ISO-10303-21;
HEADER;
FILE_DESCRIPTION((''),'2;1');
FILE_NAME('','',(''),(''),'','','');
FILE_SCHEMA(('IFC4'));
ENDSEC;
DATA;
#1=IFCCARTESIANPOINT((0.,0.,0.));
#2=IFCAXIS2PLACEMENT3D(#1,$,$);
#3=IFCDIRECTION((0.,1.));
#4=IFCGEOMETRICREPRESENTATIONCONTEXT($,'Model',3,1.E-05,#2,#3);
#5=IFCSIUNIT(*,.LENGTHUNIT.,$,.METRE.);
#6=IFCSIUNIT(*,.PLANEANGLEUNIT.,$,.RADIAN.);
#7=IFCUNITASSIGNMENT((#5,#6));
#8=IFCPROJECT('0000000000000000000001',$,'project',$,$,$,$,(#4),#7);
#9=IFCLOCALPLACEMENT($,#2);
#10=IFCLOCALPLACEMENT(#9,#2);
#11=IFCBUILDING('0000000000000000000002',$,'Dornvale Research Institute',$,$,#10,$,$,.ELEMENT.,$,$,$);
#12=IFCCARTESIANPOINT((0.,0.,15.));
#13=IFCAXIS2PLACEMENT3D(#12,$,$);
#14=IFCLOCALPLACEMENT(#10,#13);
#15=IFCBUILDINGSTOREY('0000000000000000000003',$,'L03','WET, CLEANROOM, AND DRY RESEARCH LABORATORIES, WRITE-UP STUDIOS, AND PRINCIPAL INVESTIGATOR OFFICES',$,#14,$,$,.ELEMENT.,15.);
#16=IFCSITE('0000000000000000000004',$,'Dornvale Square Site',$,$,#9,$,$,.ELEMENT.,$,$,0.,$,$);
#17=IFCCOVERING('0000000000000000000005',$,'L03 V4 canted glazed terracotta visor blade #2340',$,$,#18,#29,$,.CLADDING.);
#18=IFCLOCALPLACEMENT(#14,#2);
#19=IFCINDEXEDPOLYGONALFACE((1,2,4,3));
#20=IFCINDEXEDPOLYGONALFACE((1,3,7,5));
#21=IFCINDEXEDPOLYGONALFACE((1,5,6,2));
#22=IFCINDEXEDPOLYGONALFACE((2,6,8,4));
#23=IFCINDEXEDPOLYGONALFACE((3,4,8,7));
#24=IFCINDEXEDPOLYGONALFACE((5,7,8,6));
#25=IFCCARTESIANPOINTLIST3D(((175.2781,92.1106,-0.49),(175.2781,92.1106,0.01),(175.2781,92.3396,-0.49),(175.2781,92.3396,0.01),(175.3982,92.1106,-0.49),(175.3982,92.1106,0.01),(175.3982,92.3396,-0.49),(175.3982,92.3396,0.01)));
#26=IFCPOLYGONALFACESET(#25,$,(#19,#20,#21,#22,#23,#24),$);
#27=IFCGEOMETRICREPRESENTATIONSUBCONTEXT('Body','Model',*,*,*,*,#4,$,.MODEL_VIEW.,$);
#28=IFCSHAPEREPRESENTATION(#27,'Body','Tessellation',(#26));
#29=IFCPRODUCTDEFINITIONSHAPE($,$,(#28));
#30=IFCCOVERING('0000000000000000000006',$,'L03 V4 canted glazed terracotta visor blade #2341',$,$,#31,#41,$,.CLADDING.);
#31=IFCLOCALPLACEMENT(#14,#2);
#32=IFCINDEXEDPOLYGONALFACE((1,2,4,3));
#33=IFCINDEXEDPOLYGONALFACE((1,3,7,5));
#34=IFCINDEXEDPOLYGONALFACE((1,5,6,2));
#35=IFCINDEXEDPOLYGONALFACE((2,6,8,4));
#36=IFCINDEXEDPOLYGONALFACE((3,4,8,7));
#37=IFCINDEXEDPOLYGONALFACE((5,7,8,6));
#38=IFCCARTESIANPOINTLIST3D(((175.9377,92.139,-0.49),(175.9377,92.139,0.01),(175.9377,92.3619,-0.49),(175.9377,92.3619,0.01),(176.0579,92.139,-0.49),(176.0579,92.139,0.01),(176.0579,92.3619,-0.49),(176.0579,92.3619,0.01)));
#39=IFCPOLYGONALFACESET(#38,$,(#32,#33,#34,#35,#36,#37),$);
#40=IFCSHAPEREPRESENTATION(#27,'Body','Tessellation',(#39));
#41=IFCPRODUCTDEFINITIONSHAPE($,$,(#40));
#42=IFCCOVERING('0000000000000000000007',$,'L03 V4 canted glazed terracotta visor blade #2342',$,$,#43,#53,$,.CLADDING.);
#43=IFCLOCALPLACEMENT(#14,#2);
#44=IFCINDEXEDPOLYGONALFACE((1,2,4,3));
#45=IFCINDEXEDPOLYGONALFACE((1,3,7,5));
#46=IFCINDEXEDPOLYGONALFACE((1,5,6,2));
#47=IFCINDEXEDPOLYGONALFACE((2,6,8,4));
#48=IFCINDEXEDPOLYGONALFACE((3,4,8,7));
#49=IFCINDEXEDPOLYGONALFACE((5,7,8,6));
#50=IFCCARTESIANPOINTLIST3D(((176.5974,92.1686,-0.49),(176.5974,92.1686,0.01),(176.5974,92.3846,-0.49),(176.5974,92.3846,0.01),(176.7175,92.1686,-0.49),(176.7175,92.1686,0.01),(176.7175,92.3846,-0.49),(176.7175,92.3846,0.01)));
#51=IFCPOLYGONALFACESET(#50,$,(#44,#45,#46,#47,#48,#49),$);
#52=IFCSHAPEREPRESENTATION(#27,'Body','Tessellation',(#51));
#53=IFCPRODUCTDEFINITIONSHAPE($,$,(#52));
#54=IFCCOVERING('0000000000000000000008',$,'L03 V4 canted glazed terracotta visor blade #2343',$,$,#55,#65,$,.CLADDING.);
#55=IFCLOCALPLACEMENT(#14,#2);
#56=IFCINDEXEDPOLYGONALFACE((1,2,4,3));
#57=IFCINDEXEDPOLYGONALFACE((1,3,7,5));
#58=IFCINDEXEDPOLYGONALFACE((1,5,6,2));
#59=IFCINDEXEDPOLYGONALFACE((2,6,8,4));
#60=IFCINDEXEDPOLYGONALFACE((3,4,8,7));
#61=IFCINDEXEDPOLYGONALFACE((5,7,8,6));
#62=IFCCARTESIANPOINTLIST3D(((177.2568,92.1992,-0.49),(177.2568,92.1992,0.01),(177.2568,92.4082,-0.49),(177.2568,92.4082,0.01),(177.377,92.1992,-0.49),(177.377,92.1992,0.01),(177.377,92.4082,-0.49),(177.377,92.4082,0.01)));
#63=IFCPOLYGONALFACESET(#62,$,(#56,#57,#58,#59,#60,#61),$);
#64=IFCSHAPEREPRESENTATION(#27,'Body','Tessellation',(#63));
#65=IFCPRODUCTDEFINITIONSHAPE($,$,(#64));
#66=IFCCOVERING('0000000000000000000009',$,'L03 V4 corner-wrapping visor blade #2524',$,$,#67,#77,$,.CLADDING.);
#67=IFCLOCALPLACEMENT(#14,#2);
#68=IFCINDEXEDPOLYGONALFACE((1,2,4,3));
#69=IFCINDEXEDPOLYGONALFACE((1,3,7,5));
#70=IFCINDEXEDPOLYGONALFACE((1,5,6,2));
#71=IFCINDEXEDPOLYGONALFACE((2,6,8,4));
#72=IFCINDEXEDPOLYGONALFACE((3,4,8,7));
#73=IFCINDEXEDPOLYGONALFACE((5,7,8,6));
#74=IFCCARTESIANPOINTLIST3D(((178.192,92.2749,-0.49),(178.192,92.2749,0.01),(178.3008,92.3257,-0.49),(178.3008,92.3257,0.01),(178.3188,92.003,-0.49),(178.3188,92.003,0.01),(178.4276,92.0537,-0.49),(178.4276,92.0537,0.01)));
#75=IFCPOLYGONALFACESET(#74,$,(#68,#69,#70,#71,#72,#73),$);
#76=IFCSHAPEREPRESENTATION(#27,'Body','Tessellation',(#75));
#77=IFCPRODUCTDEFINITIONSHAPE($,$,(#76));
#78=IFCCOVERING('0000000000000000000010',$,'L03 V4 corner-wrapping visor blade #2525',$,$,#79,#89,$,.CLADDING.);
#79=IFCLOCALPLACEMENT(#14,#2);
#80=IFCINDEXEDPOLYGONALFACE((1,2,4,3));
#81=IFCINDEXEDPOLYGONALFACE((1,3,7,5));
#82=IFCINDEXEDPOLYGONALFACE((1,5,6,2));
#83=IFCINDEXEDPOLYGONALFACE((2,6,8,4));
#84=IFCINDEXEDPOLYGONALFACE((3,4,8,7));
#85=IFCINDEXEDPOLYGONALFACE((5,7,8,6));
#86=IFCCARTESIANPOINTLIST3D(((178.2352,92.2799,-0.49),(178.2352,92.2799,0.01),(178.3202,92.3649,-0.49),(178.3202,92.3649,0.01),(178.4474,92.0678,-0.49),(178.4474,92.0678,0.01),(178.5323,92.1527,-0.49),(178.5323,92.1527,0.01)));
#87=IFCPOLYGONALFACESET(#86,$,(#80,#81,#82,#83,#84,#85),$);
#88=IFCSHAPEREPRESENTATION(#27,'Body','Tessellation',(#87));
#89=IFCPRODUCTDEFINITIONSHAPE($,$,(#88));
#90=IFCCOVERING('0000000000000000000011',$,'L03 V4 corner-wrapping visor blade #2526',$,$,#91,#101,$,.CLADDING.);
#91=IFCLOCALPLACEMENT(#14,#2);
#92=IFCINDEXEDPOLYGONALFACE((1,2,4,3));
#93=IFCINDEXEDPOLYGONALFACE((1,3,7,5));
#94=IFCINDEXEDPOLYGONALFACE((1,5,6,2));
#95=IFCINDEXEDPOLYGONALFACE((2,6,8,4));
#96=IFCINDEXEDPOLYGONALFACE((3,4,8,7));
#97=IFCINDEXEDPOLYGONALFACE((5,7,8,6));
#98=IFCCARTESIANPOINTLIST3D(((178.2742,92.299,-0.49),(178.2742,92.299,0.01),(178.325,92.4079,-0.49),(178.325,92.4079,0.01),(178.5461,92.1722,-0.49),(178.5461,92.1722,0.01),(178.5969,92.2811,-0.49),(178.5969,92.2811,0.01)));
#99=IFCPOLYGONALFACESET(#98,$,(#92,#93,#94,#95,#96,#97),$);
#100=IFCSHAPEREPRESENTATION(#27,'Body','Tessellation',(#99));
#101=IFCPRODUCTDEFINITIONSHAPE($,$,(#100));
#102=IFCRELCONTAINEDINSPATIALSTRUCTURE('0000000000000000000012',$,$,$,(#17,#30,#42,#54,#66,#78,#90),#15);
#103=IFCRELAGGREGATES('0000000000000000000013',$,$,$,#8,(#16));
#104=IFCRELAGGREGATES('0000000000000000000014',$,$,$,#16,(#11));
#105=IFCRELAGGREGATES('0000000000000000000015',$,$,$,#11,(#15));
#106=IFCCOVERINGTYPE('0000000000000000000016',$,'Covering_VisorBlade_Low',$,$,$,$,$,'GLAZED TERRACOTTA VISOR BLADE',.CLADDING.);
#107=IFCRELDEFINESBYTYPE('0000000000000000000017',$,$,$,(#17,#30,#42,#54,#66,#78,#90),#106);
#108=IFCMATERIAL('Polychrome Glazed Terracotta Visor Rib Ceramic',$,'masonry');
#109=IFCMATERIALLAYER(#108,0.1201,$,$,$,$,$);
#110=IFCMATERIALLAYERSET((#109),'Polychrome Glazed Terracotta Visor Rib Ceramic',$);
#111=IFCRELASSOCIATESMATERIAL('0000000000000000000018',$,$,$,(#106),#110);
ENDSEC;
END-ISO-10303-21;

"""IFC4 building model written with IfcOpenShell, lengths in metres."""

from ifc_helpers import new_model, si_unit, direction, frame, origin, origin_2d, place, context, subcontext, project, spatial, rectangle, extrude, material, layer, layer_set, type_object, element, save


model = new_model("IFC4")

# Units and contexts
model_context = context("Model", 3, precision=1e-05, world=origin(), true_north=direction((0.0, 1.0)))
body_context = subcontext(model_context, "Body", "Model", "MODEL_VIEW")
ifc_project = project(units=[si_unit("LENGTHUNIT", "METRE"), si_unit("PLANEANGLEUNIT", "RADIAN")], contexts=[model_context])

# Site, building, storey
site_placement = place(None, origin())
site = spatial("IfcSite", under=ifc_project, at=site_placement, Name="Dornvale Square Site", CompositionType="ELEMENT", RefElevation=0.0)
building_placement = place(site_placement, origin())
building = spatial("IfcBuilding", under=site, at=building_placement, Name="Dornvale Research Institute", CompositionType="ELEMENT")
storey_placement = place(building_placement, frame((0.0, 0.0, 15.0)))
storey = spatial("IfcBuildingStorey", under=building, at=storey_placement, Name="L03", Description="WET, CLEANROOM, AND DRY RESEARCH LABORATORIES, WRITE-UP STUDIOS, AND PRINCIPAL INVESTIGATOR OFFICES", CompositionType="ELEMENT", Elevation=15.0)

# Coverings
ifc_material = material(Name="Polychrome Glazed Terracotta Visor Rib Ceramic", Category="masonry")
ifc_layer = layer(ifc_material, 0.1201)
ifc_layer_set = layer_set([ifc_layer], Name="Polychrome Glazed Terracotta Visor Rib Ceramic")
covering_type = type_object("IfcCoveringType", Name="Covering_VisorBlade_Low", ElementType="GLAZED TERRACOTTA VISOR BLADE", PredefinedType="CLADDING", material=ifc_layer_set)
covering_1_placement = place(storey_placement, frame((175.3381, 92.2251, -0.49), z_axis=(0.0, 0.0, 1.0), x_axis=(0.0, 1.0, 0.0)))
element("IfcCovering", 1, at=covering_1_placement, inside=storey, type_object=covering_type, Name="L03 V4 canted glazed terracotta visor blade #2340", PredefinedType="CLADDING", context=body_context, shape_type="SweptSolid", body=[
    extrude(rectangle(XDim=0.229, YDim=0.1201, at=origin_2d()), origin(), (0.0, 0.0, 1.0), 0.5),
])
covering_2_placement = place(storey_placement, frame((175.9978, 92.2505, -0.49), z_axis=(0.0, 0.0, 1.0), x_axis=(0.0, 1.0, 0.0)))
element("IfcCovering", 2, at=covering_2_placement, inside=storey, type_object=covering_type, Name="L03 V4 canted glazed terracotta visor blade #2341", PredefinedType="CLADDING", context=body_context, shape_type="SweptSolid", body=[
    extrude(rectangle(XDim=0.2229, YDim=0.1201, at=origin_2d()), origin(), (0.0, 0.0, 1.0), 0.5),
])
covering_3_placement = place(storey_placement, frame((176.6575, 92.2766, -0.49), z_axis=(0.0, 0.0, 1.0), x_axis=(0.0, 1.0, 0.0)))
element("IfcCovering", 3, at=covering_3_placement, inside=storey, type_object=covering_type, Name="L03 V4 canted glazed terracotta visor blade #2342", PredefinedType="CLADDING", context=body_context, shape_type="SweptSolid", body=[
    extrude(rectangle(XDim=0.2161, YDim=0.1201, at=origin_2d()), origin(), (0.0, 0.0, 1.0), 0.5),
])
covering_4_placement = place(storey_placement, frame((177.3169, 92.3037, -0.49), z_axis=(0.0, 0.0, 1.0), x_axis=(0.0, 1.0, 0.0)))
element("IfcCovering", 4, at=covering_4_placement, inside=storey, type_object=covering_type, Name="L03 V4 canted glazed terracotta visor blade #2343", PredefinedType="CLADDING", context=body_context, shape_type="SweptSolid", body=[
    extrude(rectangle(XDim=0.209, YDim=0.1201, at=origin_2d()), origin(), (0.0, 0.0, 1.0), 0.5),
])
for number, where, z_axis, x_axis, name in (
    (5, (178.3098, 92.1643, -0.49), (0.0, 0.0, 1.0), (0.422618, -0.906308, 0.0), "L03 V4 corner-wrapping visor blade #2524"),
    (6, (178.3838, 92.2163, -0.49), (0.0, 0.0, 1.0), (0.707107, -0.707107, 0.0), "L03 V4 corner-wrapping visor blade #2525"),
    (7, (178.4355, 92.29, -0.49), (0.0, 0.0, 1.0), (0.906308, -0.422618, 0.0), "L03 V4 corner-wrapping visor blade #2526"),
):
    element("IfcCovering", number, at=place(storey_placement, frame(where, z_axis=z_axis, x_axis=x_axis)), inside=storey, type_object=covering_type, Name=name, PredefinedType="CLADDING", context=body_context, shape_type="SweptSolid", body=[
        extrude(rectangle(XDim=0.3, YDim=0.1201, at=origin_2d()), origin(), (0.0, 0.0, 1.0), 0.5),
    ])

save(model, "model.ifc")
